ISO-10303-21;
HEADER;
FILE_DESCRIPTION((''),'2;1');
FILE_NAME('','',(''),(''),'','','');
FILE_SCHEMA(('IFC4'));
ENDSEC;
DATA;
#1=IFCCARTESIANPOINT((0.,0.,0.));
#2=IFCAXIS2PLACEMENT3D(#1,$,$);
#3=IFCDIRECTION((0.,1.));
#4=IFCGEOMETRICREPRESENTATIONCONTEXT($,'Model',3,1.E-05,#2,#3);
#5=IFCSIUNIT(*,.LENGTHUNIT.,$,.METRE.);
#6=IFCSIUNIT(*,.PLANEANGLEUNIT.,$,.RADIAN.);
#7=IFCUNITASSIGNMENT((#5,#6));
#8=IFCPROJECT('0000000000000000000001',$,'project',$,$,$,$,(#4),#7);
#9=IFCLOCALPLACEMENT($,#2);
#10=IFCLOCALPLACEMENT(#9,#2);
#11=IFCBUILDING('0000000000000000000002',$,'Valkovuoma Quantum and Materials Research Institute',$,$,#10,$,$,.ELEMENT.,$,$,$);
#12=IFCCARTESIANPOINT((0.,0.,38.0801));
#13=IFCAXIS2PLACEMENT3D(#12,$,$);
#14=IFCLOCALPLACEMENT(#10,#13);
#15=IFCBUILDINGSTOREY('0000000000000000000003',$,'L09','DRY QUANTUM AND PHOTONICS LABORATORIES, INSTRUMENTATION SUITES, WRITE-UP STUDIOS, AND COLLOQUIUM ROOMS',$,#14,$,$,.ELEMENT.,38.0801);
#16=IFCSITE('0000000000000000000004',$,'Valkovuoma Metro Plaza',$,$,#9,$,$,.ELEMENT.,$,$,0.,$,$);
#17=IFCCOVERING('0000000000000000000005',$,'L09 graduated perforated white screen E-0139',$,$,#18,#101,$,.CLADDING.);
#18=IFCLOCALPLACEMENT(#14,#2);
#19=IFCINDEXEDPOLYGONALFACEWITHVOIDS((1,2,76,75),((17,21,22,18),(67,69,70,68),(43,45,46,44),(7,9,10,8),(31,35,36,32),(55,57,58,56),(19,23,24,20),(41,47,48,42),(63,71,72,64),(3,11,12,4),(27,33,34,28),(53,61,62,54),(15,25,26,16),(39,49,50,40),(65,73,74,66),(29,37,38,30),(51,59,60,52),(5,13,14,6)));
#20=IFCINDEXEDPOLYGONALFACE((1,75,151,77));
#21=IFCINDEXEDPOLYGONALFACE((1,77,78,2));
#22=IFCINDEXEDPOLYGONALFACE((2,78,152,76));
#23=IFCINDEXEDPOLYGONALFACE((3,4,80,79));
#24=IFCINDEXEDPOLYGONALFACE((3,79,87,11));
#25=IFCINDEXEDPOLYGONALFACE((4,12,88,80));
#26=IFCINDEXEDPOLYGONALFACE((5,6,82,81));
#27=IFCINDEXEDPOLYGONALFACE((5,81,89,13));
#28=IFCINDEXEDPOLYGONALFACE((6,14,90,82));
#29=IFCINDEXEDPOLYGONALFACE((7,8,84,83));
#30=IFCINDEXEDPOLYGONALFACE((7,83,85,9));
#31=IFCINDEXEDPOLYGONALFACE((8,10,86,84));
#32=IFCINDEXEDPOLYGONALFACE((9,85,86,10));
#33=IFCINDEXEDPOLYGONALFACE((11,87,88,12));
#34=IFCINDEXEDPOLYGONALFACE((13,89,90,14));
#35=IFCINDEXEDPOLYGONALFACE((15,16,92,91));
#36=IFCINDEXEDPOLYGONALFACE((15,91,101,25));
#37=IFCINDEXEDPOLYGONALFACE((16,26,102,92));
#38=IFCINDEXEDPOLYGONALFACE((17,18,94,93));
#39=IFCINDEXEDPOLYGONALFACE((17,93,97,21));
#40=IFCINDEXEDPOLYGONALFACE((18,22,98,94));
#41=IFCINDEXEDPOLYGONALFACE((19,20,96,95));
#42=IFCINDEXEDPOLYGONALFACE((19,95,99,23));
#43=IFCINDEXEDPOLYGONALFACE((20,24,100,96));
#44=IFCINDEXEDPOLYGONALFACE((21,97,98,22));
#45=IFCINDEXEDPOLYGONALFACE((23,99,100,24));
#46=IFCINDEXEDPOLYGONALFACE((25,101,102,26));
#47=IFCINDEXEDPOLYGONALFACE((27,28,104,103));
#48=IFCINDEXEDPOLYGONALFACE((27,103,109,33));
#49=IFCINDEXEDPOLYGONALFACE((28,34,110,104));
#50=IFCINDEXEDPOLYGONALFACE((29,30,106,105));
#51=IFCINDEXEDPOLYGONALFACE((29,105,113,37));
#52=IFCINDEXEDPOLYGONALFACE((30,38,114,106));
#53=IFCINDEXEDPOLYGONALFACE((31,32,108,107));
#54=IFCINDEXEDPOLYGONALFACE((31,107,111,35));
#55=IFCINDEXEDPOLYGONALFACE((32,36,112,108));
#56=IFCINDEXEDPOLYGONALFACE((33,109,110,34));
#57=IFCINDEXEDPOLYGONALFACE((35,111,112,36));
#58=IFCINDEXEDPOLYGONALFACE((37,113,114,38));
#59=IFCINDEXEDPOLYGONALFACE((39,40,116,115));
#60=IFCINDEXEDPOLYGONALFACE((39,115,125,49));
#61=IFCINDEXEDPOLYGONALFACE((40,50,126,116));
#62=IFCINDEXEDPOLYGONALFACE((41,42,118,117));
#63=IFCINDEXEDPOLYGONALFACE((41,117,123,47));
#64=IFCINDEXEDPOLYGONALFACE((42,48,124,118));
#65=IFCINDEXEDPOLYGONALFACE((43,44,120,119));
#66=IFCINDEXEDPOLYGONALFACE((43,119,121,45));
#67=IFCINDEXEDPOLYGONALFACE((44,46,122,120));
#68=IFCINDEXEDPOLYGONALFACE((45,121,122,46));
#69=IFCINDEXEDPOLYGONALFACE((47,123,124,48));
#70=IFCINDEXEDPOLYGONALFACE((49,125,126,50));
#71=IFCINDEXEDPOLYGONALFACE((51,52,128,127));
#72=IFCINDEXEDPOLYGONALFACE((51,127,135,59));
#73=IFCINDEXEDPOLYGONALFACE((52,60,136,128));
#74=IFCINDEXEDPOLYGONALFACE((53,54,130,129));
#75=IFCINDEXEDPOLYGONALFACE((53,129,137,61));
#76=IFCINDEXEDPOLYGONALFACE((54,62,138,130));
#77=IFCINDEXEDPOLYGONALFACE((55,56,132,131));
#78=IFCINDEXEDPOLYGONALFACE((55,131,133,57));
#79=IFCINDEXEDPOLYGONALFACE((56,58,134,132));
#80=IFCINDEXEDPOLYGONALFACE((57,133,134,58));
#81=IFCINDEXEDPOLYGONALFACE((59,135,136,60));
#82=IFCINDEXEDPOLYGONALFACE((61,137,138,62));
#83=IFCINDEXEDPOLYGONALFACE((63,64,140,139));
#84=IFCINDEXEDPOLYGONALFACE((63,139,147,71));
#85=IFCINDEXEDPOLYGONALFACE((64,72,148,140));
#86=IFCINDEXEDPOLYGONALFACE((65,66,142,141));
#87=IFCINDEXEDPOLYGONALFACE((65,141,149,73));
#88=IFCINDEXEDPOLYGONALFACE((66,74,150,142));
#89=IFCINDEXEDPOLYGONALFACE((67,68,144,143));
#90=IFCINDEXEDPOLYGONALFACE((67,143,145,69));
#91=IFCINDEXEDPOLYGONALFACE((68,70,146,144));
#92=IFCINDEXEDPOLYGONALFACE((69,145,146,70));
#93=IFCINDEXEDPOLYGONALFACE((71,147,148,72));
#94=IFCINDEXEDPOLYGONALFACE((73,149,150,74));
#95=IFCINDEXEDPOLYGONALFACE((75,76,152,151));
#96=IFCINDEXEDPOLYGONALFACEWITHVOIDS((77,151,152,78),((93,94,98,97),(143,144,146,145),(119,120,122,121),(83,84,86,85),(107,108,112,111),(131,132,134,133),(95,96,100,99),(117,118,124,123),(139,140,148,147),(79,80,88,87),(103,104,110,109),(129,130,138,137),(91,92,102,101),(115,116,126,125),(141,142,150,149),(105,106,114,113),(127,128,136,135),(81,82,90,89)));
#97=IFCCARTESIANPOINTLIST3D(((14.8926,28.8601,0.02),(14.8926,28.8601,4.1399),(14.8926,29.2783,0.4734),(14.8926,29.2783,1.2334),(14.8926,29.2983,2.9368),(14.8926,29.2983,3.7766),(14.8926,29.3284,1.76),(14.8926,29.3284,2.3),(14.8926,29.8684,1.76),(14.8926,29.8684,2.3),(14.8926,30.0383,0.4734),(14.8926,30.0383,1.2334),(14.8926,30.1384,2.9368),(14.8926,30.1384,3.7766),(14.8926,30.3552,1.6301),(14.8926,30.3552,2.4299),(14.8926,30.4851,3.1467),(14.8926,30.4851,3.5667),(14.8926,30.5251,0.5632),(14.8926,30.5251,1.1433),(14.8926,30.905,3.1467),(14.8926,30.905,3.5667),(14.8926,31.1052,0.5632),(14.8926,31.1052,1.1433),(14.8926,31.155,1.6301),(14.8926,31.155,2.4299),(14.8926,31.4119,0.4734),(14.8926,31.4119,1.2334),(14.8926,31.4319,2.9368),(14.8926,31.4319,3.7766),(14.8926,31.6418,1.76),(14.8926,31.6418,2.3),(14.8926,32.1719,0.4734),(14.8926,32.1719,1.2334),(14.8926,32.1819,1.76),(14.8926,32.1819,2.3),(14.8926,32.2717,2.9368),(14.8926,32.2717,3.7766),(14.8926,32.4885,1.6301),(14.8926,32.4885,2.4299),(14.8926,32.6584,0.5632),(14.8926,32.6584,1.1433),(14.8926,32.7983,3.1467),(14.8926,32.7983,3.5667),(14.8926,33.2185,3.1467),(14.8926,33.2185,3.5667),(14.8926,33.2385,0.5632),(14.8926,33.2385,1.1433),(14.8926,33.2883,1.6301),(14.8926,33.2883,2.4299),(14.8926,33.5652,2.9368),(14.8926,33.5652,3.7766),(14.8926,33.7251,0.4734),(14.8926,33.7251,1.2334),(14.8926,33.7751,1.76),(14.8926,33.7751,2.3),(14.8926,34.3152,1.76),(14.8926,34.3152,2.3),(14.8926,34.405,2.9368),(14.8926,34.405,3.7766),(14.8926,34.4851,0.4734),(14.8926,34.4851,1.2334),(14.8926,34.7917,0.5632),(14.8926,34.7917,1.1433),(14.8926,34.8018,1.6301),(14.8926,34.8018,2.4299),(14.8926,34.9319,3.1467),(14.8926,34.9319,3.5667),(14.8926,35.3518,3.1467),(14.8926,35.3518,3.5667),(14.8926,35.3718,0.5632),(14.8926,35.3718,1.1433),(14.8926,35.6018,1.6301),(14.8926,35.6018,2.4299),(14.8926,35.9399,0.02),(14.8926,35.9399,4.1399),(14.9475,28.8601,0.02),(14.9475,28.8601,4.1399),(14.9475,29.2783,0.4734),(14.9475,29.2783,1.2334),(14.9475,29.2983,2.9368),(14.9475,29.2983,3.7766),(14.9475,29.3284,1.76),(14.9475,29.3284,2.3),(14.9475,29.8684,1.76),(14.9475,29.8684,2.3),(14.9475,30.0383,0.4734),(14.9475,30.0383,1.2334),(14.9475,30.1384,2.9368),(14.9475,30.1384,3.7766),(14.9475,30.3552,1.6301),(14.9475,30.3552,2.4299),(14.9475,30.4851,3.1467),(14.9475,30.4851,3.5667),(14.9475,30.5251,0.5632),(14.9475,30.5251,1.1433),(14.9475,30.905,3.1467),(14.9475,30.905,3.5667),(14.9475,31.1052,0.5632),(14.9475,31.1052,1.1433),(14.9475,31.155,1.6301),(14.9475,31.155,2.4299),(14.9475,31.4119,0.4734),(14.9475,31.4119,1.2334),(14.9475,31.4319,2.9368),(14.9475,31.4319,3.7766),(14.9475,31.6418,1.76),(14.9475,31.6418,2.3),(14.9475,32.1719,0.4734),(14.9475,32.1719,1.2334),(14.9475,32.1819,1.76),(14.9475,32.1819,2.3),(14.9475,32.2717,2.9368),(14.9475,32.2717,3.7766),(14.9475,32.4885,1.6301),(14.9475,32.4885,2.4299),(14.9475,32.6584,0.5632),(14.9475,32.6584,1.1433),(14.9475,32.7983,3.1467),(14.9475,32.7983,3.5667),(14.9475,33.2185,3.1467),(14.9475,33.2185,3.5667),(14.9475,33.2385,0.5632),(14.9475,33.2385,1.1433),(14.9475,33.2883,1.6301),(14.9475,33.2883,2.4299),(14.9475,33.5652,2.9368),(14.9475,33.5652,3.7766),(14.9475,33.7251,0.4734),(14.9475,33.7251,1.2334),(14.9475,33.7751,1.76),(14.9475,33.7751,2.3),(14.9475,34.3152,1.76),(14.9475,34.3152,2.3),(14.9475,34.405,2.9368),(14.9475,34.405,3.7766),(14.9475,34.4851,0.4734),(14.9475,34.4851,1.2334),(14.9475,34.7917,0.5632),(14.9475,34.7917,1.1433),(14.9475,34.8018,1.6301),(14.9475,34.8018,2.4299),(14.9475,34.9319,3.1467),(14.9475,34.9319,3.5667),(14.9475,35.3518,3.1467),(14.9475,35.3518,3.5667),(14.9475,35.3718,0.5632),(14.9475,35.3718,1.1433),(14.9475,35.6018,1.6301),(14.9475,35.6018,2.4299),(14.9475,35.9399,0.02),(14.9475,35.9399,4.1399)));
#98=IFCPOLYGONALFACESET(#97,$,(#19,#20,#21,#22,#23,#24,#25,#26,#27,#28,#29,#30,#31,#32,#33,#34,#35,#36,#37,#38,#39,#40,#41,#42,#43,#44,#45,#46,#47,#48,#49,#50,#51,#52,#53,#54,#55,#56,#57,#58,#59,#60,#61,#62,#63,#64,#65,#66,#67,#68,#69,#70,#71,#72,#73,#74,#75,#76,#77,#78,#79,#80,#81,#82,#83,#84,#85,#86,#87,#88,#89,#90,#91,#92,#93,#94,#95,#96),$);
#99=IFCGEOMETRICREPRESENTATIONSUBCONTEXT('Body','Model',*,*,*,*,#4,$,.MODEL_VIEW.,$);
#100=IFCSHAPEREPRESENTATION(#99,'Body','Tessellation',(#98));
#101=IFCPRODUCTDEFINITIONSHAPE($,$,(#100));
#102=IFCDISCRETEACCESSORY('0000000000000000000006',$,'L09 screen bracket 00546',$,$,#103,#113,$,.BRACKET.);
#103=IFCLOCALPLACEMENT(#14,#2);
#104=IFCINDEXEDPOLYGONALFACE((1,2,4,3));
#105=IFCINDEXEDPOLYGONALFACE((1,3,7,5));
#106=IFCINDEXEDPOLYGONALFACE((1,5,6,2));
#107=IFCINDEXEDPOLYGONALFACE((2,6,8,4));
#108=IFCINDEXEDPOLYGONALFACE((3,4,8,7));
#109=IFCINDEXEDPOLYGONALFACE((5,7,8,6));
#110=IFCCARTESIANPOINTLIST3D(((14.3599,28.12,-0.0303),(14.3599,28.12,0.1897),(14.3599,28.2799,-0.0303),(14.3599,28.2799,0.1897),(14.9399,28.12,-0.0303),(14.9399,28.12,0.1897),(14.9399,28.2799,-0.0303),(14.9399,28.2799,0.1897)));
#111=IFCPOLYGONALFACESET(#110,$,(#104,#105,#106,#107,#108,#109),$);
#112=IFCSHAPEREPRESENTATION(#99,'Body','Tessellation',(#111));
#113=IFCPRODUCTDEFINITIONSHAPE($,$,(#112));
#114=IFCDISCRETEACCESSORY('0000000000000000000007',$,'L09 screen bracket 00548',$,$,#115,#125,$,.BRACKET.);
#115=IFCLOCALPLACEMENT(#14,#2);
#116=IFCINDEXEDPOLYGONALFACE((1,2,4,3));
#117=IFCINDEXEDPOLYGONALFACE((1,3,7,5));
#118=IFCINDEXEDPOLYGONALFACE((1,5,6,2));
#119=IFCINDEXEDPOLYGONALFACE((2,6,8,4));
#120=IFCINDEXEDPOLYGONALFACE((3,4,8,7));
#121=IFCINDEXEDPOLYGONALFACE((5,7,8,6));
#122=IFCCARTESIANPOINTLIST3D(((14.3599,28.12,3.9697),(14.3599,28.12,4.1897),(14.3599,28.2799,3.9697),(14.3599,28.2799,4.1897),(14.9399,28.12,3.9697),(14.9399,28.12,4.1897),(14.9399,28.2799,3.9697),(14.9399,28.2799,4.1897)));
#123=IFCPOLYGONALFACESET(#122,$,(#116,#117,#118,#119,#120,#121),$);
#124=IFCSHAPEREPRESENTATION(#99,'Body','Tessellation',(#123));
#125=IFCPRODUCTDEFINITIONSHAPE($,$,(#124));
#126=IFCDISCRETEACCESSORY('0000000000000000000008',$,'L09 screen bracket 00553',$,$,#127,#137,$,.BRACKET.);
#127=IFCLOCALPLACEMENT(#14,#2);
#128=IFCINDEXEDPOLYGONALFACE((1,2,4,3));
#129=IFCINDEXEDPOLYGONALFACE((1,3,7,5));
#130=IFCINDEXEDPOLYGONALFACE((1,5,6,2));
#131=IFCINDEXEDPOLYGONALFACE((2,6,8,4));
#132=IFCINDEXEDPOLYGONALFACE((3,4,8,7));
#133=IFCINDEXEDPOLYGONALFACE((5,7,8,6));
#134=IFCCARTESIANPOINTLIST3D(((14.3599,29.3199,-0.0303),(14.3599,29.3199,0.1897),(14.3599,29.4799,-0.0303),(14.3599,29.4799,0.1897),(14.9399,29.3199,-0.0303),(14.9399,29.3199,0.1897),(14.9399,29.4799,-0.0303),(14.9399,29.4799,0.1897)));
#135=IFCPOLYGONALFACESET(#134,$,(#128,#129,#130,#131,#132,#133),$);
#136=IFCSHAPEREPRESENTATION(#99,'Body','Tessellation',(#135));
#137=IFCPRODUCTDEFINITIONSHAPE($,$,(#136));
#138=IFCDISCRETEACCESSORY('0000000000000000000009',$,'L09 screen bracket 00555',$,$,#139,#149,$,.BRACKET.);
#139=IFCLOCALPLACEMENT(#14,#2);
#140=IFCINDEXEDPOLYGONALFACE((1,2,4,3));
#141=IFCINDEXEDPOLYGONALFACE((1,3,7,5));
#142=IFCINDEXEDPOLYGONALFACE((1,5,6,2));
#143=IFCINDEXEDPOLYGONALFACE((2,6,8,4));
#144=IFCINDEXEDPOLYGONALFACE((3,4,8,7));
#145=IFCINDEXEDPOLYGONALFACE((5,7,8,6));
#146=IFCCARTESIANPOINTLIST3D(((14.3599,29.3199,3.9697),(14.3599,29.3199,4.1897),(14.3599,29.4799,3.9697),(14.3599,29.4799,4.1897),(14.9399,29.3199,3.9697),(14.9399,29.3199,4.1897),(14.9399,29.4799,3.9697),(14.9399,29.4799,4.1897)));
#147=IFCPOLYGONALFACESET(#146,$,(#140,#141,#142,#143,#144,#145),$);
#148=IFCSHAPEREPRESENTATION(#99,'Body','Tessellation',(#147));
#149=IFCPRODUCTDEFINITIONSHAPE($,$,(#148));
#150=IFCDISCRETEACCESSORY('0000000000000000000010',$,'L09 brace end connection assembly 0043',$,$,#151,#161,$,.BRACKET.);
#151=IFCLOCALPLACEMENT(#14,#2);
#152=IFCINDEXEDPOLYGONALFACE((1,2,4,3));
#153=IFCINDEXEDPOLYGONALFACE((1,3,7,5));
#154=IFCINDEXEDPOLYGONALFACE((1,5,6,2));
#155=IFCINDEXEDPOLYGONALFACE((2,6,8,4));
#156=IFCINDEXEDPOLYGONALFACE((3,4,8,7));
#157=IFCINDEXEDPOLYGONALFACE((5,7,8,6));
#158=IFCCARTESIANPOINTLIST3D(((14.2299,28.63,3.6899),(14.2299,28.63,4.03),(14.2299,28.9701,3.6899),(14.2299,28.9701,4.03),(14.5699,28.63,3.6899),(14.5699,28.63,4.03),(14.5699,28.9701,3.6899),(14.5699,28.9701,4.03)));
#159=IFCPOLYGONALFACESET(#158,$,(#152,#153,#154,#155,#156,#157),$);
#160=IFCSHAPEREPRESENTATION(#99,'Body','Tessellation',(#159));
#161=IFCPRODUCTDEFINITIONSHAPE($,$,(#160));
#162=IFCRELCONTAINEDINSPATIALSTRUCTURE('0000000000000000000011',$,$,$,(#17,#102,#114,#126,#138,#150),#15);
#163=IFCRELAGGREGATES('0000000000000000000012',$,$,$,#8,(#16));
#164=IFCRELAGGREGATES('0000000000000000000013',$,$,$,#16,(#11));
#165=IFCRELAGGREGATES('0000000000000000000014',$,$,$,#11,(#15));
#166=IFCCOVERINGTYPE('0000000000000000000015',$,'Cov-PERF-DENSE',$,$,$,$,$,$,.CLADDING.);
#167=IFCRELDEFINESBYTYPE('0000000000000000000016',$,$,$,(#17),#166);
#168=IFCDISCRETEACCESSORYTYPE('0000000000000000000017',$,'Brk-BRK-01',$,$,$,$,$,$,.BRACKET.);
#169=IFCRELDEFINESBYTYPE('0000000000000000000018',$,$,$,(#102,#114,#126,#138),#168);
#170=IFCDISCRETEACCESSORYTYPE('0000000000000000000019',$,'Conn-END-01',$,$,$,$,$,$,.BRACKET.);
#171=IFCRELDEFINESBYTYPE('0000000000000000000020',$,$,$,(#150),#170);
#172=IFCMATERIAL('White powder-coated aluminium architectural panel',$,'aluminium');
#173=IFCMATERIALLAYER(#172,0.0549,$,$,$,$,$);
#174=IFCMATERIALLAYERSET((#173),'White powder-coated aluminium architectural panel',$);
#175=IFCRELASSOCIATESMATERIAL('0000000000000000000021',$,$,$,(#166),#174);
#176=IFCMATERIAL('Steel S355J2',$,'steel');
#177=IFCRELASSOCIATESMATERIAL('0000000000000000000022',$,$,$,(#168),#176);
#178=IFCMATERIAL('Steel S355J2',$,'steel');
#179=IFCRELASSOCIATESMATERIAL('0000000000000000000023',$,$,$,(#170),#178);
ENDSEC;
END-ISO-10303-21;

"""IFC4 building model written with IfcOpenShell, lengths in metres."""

from ifc_helpers import new_model, si_unit, direction, frame, origin, origin_2d, place, context, subcontext, project, spatial, polyline, rectangle, outline, extrude, material, layer, layer_set, type_object, element, save


model = new_model("IFC4")

# Units and contexts
model_context = context("Model", 3, precision=1e-05, world=origin(), true_north=direction((0.0, 1.0)))
body_context = subcontext(model_context, "Body", "Model", "MODEL_VIEW")
ifc_project = project(units=[si_unit("LENGTHUNIT", "METRE"), si_unit("PLANEANGLEUNIT", "RADIAN")], contexts=[model_context])

# Site, building, storey
site_placement = place(None, origin())
site = spatial("IfcSite", under=ifc_project, at=site_placement, Name="Valkovuoma Metro Plaza", CompositionType="ELEMENT", RefElevation=0.0)
building_placement = place(site_placement, origin())
building = spatial("IfcBuilding", under=site, at=building_placement, Name="Valkovuoma Quantum and Materials Research Institute", CompositionType="ELEMENT")
storey_placement = place(building_placement, frame((0.0, 0.0, 38.0801)))
storey = spatial("IfcBuildingStorey", under=building, at=storey_placement, Name="L09", Description="DRY QUANTUM AND PHOTONICS LABORATORIES, INSTRUMENTATION SUITES, WRITE-UP STUDIOS, AND COLLOQUIUM ROOMS", CompositionType="ELEMENT", Elevation=38.0801)

# Covering
ifc_material_1 = material(Name="White powder-coated aluminium architectural panel", Category="aluminium")
ifc_layer_1 = layer(ifc_material_1, 0.0549)
ifc_layer_set_1 = layer_set([ifc_layer_1], Name="White powder-coated aluminium architectural panel")
covering_type = type_object("IfcCoveringType", Name="Cov-PERF-DENSE", PredefinedType="CLADDING", material=ifc_layer_set_1)
covering_placement = place(storey_placement, frame((14.9199, 28.8601, 0.02), z_axis=(0.0, 0.0, 1.0), x_axis=(0.0, 1.0, 0.0)))
element("IfcCovering", 1, at=covering_placement, inside=storey, type_object=covering_type, Name="L09 graduated perforated white screen E-0139", PredefinedType="CLADDING", context=body_context, shape_type="SweptSolid", body=[
    extrude(outline(polyline([(0.0, 0.0), (7.0798, 0.0), (7.0798, 4.1199), (0.0, 4.1199), (0.0, 0.0)]), holes=[polyline([(0.4182, 0.4534), (0.4182, 1.2134), (1.1782, 1.2134), (1.1782, 0.4534), (0.4182, 0.4534)]), polyline([(0.4683, 1.74), (0.4683, 2.28), (1.0083, 2.28), (1.0083, 1.74), (0.4683, 1.74)]), polyline([(0.4382, 2.9167), (0.4382, 3.7566), (1.2783, 3.7566), (1.2783, 2.9167), (0.4382, 2.9167)]), polyline([(1.665, 0.5432), (1.665, 1.1233), (2.2451, 1.1233), (2.2451, 0.5432), (1.665, 0.5432)]), polyline([(1.4951, 1.6101), (1.4951, 2.4099), (2.2949, 2.4099), (2.2949, 1.6101), (1.4951, 1.6101)]), polyline([(1.625, 3.1267), (1.625, 3.5466), (2.0449, 3.5466), (2.0449, 3.1267), (1.625, 3.1267)]), polyline([(2.5518, 0.4534), (2.5518, 1.2134), (3.3118, 1.2134), (3.3118, 0.4534), (2.5518, 0.4534)]), polyline([(2.7817, 1.74), (2.7817, 2.28), (3.3218, 2.28), (3.3218, 1.74), (2.7817, 1.74)]), polyline([(2.5718, 2.9167), (2.5718, 3.7566), (3.4116, 3.7566), (3.4116, 2.9167), (2.5718, 2.9167)]), polyline([(3.7983, 0.5432), (3.7983, 1.1233), (4.3784, 1.1233), (4.3784, 0.5432), (3.7983, 0.5432)]), polyline([(3.6284, 1.6101), (3.6284, 2.4099), (4.4282, 2.4099), (4.4282, 1.6101), (3.6284, 1.6101)]), polyline([(3.9382, 3.1267), (3.9382, 3.5466), (4.3584, 3.5466), (4.3584, 3.1267), (3.9382, 3.1267)]), polyline([(4.865, 0.4534), (4.865, 1.2134), (5.625, 1.2134), (5.625, 0.4534), (4.865, 0.4534)]), polyline([(4.915, 1.74), (4.915, 2.28), (5.4551, 2.28), (5.4551, 1.74), (4.915, 1.74)]), polyline([(4.7051, 2.9167), (4.7051, 3.7566), (5.5449, 3.7566), (5.5449, 2.9167), (4.7051, 2.9167)]), polyline([(5.9316, 0.5432), (5.9316, 1.1233), (6.5117, 1.1233), (6.5117, 0.5432), (5.9316, 0.5432)]), polyline([(5.9417, 1.6101), (5.9417, 2.4099), (6.7417, 2.4099), (6.7417, 1.6101), (5.9417, 1.6101)]), polyline([(6.0718, 3.1267), (6.0718, 3.5466), (6.4917, 3.5466), (6.4917, 3.1267), (6.0718, 3.1267)])]), frame((0.0, 0.0273, 0.0), z_axis=(0.0, -1.0, 0.0), x_axis=(1.0, 0.0, 0.0)), (0.0, 0.0, 1.0), 0.0549),
])

# Discrete accessories
ifc_material_2 = material(Name="Steel S355J2", Category="steel")
discrete_accessory_type_1 = type_object("IfcDiscreteAccessoryType", Name="Brk-BRK-01", PredefinedType="BRACKET", material=ifc_material_2)
for number, where, z_axis, x_axis, name in (
    (2, (14.6499, 28.2, -0.0303), (0.0, 0.0, 1.0), (1.0, 0.0, 0.0), "L09 screen bracket 00546"),
    (3, (14.6499, 28.2, 3.9697), (0.0, 0.0, 1.0), (1.0, 0.0, 0.0), "L09 screen bracket 00548"),
    (4, (14.6499, 29.3999, -0.0303), (0.0, 0.0, 1.0), (1.0, 0.0, 0.0), "L09 screen bracket 00553"),
    (5, (14.6499, 29.3999, 3.9697), (0.0, 0.0, 1.0), (1.0, 0.0, 0.0), "L09 screen bracket 00555"),
):
    element("IfcDiscreteAccessory", number, at=place(storey_placement, frame(where, z_axis=z_axis, x_axis=x_axis)), inside=storey, type_object=discrete_accessory_type_1, Name=name, PredefinedType="BRACKET", context=body_context, shape_type="SweptSolid", body=[
        extrude(rectangle(XDim=0.5801, YDim=0.1599, at=origin_2d()), origin(), (0.0, 0.0, 1.0), 0.22),
    ])
ifc_material_3 = material(Name="Steel S355J2", Category="steel")
discrete_accessory_type_2 = type_object("IfcDiscreteAccessoryType", Name="Conn-END-01", PredefinedType="BRACKET", material=ifc_material_3)
discrete_accessory_placement = place(storey_placement, frame((14.3999, 28.8, 3.6899), z_axis=(0.0, 0.0, 1.0), x_axis=(1.0, 0.0, 0.0)))
element("IfcDiscreteAccessory", 6, at=discrete_accessory_placement, inside=storey, type_object=discrete_accessory_type_2, Name="L09 brace end connection assembly 0043", PredefinedType="BRACKET", context=body_context, shape_type="SweptSolid", body=[
    extrude(rectangle(XDim=0.3401, YDim=0.3401, at=origin_2d()), origin(), (0.0, 0.0, 1.0), 0.3401),
])

save(model, "model.ifc")
